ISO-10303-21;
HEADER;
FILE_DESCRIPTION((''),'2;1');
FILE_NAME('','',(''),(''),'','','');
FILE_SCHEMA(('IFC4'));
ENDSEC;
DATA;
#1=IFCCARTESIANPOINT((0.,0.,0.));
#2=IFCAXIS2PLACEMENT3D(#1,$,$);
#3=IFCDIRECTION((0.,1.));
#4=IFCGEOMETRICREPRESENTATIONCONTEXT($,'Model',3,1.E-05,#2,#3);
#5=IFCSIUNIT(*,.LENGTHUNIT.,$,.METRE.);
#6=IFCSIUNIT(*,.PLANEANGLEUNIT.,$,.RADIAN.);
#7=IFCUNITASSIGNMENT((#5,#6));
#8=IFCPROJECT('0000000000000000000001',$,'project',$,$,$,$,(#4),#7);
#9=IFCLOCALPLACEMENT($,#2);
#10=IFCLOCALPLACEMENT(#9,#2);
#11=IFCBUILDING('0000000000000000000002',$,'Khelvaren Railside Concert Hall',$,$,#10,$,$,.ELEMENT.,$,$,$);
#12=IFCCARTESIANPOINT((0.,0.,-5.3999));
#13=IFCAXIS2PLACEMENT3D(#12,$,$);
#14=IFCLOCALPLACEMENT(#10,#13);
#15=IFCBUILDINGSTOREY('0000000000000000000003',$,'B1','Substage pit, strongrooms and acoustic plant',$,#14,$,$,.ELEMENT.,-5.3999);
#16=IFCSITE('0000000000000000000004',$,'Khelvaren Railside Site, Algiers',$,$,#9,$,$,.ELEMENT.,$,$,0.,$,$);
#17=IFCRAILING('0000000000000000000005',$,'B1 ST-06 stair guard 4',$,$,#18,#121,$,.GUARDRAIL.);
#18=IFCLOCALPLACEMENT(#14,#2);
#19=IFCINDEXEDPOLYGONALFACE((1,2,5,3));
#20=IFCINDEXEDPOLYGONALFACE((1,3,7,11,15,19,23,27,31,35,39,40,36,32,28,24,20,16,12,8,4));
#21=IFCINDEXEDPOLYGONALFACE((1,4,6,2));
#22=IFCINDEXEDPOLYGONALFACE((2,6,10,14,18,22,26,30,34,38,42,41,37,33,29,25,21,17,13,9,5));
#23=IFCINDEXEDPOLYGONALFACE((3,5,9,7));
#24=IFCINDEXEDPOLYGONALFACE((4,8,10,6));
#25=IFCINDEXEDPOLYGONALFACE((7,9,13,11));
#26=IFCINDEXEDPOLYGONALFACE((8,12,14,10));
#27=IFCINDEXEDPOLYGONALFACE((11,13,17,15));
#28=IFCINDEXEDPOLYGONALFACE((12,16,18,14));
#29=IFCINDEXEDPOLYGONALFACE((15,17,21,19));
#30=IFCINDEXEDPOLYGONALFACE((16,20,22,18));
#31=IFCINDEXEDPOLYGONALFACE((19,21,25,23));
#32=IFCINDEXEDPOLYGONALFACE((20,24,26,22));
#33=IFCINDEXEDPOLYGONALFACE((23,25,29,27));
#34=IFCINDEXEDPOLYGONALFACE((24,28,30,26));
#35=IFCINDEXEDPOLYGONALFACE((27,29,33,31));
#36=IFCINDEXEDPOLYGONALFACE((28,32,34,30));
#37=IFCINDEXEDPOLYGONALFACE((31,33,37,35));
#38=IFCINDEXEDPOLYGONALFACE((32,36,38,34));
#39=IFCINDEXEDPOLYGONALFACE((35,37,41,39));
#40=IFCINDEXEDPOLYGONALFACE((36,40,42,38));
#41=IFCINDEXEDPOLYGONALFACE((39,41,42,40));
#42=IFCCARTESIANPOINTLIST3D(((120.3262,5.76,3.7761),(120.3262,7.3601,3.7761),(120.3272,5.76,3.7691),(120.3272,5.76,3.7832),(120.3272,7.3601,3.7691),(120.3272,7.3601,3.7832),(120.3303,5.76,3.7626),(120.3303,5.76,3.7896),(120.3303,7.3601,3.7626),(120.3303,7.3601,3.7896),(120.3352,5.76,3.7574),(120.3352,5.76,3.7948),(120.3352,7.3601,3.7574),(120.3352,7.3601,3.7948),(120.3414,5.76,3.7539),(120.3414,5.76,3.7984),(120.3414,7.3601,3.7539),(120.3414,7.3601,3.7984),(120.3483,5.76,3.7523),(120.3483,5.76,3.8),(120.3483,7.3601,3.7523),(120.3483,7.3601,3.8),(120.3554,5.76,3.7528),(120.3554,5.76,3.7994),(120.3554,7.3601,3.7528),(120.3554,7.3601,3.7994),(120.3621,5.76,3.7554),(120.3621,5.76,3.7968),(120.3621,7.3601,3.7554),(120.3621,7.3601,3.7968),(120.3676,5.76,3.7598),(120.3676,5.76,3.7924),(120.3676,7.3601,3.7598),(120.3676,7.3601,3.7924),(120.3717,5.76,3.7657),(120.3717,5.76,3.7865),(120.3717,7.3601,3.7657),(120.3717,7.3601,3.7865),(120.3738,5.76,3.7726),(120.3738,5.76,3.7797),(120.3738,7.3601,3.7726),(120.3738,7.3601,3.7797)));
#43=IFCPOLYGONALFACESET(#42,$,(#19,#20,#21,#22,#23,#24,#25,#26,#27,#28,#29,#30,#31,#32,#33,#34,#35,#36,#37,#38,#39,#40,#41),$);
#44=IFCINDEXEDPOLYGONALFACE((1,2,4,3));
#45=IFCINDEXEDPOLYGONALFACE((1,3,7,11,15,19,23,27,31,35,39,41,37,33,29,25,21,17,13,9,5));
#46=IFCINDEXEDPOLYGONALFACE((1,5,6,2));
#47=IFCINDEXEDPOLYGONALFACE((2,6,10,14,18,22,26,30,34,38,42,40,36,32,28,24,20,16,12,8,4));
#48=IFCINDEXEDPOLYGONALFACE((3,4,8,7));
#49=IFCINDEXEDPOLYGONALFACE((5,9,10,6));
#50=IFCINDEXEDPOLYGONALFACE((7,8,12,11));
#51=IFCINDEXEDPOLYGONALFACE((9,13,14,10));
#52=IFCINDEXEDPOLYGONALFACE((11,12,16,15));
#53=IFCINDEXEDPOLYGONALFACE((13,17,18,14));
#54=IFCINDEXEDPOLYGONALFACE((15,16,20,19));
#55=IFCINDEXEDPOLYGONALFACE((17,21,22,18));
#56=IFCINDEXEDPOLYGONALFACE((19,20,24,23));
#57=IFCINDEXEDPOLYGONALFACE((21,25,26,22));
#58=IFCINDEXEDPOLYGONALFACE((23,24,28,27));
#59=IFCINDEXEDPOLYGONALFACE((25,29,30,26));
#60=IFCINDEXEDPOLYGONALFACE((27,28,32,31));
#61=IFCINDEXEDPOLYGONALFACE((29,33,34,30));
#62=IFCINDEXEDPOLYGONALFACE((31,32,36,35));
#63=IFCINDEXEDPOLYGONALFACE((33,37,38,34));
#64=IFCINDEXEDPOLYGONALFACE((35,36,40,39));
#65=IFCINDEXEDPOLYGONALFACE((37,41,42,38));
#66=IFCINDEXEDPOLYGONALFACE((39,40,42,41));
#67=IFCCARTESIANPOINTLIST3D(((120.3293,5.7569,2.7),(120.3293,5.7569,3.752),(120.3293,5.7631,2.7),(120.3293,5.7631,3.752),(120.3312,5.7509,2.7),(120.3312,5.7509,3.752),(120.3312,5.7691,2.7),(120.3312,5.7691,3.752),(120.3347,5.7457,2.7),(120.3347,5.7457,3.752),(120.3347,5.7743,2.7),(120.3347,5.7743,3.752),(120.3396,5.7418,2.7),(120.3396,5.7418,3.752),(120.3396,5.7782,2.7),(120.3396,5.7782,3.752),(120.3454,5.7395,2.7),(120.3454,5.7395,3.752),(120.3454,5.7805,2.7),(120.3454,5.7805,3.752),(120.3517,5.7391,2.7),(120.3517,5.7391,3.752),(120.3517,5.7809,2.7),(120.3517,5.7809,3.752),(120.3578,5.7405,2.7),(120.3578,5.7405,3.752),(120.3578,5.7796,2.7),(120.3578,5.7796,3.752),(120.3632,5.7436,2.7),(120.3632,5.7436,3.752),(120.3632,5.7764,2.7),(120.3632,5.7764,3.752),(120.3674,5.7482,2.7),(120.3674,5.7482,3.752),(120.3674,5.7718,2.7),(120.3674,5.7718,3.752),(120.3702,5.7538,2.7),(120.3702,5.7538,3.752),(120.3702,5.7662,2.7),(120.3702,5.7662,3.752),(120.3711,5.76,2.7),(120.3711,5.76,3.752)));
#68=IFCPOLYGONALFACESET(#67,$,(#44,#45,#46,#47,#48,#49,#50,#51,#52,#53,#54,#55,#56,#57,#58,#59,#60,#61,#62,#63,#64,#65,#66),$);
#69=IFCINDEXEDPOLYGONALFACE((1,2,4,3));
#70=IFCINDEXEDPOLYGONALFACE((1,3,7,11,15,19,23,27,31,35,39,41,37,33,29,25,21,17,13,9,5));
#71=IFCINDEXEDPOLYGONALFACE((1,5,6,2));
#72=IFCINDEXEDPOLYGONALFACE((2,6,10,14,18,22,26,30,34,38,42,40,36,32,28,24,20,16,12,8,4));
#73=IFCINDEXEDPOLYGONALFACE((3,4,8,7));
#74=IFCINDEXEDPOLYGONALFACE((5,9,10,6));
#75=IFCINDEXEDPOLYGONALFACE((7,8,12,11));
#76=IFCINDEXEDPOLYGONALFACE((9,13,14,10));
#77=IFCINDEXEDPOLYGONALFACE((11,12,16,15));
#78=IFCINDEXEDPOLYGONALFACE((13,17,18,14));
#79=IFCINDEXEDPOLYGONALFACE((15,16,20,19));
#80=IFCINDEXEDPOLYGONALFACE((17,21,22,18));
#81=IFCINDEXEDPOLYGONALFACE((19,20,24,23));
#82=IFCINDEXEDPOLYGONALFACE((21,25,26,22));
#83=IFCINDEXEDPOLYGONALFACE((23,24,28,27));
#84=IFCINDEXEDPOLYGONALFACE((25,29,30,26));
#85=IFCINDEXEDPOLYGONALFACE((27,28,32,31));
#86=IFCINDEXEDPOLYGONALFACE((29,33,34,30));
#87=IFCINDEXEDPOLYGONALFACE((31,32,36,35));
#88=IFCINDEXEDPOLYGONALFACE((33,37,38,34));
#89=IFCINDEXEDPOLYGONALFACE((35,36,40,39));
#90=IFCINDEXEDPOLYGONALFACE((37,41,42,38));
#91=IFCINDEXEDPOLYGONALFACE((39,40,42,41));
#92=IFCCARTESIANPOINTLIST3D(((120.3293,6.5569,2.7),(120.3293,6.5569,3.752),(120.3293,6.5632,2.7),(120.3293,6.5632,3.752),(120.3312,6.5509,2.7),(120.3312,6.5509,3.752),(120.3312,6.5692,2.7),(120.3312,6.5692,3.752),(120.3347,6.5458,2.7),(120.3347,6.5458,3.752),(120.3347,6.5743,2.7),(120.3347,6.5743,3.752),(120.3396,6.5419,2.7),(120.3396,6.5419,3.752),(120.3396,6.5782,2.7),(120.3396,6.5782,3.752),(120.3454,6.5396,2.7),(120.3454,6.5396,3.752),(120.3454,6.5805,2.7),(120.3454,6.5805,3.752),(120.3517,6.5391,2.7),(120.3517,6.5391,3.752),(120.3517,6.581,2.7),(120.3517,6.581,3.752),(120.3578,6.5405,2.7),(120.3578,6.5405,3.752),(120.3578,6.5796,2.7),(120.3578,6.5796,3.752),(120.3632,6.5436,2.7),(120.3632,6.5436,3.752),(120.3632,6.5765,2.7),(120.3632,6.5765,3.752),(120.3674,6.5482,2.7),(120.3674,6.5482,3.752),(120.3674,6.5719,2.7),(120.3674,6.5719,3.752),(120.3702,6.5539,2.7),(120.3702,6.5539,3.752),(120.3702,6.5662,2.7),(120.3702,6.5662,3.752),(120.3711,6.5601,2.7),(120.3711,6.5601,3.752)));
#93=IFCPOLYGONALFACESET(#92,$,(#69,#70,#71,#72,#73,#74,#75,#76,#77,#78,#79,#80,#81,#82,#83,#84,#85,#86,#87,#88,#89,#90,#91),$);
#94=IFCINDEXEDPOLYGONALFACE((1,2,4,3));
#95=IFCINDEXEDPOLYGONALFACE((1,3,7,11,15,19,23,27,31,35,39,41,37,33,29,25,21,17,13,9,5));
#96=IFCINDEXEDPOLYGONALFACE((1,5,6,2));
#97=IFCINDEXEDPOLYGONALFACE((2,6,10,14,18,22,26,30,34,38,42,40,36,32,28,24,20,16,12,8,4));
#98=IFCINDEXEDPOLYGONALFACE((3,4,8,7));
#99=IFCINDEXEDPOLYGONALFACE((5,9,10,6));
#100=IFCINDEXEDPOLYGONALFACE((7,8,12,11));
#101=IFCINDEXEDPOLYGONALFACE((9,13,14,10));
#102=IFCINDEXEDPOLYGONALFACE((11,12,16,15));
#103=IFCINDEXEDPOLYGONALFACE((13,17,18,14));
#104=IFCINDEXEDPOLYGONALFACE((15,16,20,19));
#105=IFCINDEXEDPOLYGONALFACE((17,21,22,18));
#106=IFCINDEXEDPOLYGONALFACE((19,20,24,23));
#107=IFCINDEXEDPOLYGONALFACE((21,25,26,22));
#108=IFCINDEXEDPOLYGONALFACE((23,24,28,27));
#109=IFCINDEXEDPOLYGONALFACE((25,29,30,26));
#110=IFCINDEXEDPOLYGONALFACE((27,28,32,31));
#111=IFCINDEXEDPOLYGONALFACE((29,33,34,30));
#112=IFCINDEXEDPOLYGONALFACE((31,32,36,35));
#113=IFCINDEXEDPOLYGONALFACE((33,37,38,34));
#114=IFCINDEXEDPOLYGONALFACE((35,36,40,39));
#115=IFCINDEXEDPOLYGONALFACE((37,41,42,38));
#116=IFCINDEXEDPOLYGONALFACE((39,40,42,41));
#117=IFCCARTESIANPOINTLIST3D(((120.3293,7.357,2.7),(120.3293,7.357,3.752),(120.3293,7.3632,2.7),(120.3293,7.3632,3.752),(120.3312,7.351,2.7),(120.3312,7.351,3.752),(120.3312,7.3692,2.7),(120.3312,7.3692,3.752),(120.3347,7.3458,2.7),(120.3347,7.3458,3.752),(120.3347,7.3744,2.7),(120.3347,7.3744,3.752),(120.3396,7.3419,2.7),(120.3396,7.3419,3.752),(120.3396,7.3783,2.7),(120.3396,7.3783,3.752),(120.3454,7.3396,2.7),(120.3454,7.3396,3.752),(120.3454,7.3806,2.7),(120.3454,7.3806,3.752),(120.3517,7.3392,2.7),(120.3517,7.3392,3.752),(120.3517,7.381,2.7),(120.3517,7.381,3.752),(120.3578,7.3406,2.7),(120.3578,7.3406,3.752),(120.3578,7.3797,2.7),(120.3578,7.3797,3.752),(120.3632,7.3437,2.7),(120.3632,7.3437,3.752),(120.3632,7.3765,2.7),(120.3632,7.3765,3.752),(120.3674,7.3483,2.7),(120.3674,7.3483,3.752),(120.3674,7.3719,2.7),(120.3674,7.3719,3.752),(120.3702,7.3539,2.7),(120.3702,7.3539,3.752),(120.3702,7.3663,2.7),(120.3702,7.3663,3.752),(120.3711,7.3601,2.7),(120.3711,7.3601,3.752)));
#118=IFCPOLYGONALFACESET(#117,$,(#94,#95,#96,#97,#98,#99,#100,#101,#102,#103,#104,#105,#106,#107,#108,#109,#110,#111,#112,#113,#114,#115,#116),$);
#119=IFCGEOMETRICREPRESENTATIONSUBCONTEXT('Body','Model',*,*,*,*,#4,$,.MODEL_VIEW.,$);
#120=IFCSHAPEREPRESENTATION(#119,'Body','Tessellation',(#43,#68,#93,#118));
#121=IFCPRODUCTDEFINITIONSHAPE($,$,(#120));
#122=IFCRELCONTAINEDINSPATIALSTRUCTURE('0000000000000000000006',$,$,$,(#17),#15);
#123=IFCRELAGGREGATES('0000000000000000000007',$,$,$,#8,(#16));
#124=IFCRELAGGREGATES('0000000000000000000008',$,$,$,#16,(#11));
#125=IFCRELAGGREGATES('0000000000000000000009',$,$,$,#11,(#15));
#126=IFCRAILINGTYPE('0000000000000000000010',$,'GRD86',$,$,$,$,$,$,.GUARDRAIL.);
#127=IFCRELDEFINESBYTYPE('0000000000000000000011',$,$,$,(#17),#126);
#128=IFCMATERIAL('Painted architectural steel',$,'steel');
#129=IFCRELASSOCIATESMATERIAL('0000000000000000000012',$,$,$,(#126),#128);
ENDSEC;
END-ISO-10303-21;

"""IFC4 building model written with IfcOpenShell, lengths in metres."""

from ifc_helpers import new_model, si_unit, direction, frame, origin, origin_2d, place, context, subcontext, project, spatial, circle, extrude, material, type_object, element, save


model = new_model("IFC4")

# Units and contexts
model_context = context("Model", 3, precision=1e-05, world=origin(), true_north=direction((0.0, 1.0)))
body_context = subcontext(model_context, "Body", "Model", "MODEL_VIEW")
ifc_project = project(units=[si_unit("LENGTHUNIT", "METRE"), si_unit("PLANEANGLEUNIT", "RADIAN")], contexts=[model_context])

# Site, building, storey
site_placement = place(None, origin())
site = spatial("IfcSite", under=ifc_project, at=site_placement, Name="Khelvaren Railside Site, Algiers", CompositionType="ELEMENT", RefElevation=0.0)
building_placement = place(site_placement, origin())
building = spatial("IfcBuilding", under=site, at=building_placement, Name="Khelvaren Railside Concert Hall", CompositionType="ELEMENT")
storey_placement = place(building_placement, frame((0.0, 0.0, -5.3999)))
storey = spatial("IfcBuildingStorey", under=building, at=storey_placement, Name="B1", Description="Substage pit, strongrooms and acoustic plant", CompositionType="ELEMENT", Elevation=-5.3999)

# Railing
ifc_material_1 = material(Name="Painted architectural steel", Category="steel")
railing_type_1 = type_object("IfcRailingType", Name="GRD86", PredefinedType="GUARDRAIL", material=ifc_material_1)
for number, where, name in (
    (1, (120.3501, 5.76, 2.7), "B1 ST-06 stair guard 4"),
):
    element("IfcRailing", number, at=place(storey_placement, frame(where)), inside=storey, type_object=railing_type_1, Name=name, PredefinedType="GUARDRAIL", context=body_context, shape_type="SweptSolid", body=[
        extrude(circle(Radius=0.0239, at=origin_2d()), frame((0.0, 0.0, 1.0762), z_axis=(0.0, 1.0, 0.0), x_axis=(-1.0, 0.0, 0.0)), (0.0, 0.0, 1.0), 1.6001),
        extrude(circle(Radius=0.021, at=origin_2d()), origin(), (0.0, 0.0, 1.0), 1.052),
        extrude(circle(Radius=0.021, at=origin_2d()), frame((0.0, 0.8, 0.0)), (0.0, 0.0, 1.0), 1.052),
        extrude(circle(Radius=0.021, at=origin_2d()), frame((0.0, 1.6001, 0.0)), (0.0, 0.0, 1.0), 1.052),
    ])

save(model, "model.ifc")
